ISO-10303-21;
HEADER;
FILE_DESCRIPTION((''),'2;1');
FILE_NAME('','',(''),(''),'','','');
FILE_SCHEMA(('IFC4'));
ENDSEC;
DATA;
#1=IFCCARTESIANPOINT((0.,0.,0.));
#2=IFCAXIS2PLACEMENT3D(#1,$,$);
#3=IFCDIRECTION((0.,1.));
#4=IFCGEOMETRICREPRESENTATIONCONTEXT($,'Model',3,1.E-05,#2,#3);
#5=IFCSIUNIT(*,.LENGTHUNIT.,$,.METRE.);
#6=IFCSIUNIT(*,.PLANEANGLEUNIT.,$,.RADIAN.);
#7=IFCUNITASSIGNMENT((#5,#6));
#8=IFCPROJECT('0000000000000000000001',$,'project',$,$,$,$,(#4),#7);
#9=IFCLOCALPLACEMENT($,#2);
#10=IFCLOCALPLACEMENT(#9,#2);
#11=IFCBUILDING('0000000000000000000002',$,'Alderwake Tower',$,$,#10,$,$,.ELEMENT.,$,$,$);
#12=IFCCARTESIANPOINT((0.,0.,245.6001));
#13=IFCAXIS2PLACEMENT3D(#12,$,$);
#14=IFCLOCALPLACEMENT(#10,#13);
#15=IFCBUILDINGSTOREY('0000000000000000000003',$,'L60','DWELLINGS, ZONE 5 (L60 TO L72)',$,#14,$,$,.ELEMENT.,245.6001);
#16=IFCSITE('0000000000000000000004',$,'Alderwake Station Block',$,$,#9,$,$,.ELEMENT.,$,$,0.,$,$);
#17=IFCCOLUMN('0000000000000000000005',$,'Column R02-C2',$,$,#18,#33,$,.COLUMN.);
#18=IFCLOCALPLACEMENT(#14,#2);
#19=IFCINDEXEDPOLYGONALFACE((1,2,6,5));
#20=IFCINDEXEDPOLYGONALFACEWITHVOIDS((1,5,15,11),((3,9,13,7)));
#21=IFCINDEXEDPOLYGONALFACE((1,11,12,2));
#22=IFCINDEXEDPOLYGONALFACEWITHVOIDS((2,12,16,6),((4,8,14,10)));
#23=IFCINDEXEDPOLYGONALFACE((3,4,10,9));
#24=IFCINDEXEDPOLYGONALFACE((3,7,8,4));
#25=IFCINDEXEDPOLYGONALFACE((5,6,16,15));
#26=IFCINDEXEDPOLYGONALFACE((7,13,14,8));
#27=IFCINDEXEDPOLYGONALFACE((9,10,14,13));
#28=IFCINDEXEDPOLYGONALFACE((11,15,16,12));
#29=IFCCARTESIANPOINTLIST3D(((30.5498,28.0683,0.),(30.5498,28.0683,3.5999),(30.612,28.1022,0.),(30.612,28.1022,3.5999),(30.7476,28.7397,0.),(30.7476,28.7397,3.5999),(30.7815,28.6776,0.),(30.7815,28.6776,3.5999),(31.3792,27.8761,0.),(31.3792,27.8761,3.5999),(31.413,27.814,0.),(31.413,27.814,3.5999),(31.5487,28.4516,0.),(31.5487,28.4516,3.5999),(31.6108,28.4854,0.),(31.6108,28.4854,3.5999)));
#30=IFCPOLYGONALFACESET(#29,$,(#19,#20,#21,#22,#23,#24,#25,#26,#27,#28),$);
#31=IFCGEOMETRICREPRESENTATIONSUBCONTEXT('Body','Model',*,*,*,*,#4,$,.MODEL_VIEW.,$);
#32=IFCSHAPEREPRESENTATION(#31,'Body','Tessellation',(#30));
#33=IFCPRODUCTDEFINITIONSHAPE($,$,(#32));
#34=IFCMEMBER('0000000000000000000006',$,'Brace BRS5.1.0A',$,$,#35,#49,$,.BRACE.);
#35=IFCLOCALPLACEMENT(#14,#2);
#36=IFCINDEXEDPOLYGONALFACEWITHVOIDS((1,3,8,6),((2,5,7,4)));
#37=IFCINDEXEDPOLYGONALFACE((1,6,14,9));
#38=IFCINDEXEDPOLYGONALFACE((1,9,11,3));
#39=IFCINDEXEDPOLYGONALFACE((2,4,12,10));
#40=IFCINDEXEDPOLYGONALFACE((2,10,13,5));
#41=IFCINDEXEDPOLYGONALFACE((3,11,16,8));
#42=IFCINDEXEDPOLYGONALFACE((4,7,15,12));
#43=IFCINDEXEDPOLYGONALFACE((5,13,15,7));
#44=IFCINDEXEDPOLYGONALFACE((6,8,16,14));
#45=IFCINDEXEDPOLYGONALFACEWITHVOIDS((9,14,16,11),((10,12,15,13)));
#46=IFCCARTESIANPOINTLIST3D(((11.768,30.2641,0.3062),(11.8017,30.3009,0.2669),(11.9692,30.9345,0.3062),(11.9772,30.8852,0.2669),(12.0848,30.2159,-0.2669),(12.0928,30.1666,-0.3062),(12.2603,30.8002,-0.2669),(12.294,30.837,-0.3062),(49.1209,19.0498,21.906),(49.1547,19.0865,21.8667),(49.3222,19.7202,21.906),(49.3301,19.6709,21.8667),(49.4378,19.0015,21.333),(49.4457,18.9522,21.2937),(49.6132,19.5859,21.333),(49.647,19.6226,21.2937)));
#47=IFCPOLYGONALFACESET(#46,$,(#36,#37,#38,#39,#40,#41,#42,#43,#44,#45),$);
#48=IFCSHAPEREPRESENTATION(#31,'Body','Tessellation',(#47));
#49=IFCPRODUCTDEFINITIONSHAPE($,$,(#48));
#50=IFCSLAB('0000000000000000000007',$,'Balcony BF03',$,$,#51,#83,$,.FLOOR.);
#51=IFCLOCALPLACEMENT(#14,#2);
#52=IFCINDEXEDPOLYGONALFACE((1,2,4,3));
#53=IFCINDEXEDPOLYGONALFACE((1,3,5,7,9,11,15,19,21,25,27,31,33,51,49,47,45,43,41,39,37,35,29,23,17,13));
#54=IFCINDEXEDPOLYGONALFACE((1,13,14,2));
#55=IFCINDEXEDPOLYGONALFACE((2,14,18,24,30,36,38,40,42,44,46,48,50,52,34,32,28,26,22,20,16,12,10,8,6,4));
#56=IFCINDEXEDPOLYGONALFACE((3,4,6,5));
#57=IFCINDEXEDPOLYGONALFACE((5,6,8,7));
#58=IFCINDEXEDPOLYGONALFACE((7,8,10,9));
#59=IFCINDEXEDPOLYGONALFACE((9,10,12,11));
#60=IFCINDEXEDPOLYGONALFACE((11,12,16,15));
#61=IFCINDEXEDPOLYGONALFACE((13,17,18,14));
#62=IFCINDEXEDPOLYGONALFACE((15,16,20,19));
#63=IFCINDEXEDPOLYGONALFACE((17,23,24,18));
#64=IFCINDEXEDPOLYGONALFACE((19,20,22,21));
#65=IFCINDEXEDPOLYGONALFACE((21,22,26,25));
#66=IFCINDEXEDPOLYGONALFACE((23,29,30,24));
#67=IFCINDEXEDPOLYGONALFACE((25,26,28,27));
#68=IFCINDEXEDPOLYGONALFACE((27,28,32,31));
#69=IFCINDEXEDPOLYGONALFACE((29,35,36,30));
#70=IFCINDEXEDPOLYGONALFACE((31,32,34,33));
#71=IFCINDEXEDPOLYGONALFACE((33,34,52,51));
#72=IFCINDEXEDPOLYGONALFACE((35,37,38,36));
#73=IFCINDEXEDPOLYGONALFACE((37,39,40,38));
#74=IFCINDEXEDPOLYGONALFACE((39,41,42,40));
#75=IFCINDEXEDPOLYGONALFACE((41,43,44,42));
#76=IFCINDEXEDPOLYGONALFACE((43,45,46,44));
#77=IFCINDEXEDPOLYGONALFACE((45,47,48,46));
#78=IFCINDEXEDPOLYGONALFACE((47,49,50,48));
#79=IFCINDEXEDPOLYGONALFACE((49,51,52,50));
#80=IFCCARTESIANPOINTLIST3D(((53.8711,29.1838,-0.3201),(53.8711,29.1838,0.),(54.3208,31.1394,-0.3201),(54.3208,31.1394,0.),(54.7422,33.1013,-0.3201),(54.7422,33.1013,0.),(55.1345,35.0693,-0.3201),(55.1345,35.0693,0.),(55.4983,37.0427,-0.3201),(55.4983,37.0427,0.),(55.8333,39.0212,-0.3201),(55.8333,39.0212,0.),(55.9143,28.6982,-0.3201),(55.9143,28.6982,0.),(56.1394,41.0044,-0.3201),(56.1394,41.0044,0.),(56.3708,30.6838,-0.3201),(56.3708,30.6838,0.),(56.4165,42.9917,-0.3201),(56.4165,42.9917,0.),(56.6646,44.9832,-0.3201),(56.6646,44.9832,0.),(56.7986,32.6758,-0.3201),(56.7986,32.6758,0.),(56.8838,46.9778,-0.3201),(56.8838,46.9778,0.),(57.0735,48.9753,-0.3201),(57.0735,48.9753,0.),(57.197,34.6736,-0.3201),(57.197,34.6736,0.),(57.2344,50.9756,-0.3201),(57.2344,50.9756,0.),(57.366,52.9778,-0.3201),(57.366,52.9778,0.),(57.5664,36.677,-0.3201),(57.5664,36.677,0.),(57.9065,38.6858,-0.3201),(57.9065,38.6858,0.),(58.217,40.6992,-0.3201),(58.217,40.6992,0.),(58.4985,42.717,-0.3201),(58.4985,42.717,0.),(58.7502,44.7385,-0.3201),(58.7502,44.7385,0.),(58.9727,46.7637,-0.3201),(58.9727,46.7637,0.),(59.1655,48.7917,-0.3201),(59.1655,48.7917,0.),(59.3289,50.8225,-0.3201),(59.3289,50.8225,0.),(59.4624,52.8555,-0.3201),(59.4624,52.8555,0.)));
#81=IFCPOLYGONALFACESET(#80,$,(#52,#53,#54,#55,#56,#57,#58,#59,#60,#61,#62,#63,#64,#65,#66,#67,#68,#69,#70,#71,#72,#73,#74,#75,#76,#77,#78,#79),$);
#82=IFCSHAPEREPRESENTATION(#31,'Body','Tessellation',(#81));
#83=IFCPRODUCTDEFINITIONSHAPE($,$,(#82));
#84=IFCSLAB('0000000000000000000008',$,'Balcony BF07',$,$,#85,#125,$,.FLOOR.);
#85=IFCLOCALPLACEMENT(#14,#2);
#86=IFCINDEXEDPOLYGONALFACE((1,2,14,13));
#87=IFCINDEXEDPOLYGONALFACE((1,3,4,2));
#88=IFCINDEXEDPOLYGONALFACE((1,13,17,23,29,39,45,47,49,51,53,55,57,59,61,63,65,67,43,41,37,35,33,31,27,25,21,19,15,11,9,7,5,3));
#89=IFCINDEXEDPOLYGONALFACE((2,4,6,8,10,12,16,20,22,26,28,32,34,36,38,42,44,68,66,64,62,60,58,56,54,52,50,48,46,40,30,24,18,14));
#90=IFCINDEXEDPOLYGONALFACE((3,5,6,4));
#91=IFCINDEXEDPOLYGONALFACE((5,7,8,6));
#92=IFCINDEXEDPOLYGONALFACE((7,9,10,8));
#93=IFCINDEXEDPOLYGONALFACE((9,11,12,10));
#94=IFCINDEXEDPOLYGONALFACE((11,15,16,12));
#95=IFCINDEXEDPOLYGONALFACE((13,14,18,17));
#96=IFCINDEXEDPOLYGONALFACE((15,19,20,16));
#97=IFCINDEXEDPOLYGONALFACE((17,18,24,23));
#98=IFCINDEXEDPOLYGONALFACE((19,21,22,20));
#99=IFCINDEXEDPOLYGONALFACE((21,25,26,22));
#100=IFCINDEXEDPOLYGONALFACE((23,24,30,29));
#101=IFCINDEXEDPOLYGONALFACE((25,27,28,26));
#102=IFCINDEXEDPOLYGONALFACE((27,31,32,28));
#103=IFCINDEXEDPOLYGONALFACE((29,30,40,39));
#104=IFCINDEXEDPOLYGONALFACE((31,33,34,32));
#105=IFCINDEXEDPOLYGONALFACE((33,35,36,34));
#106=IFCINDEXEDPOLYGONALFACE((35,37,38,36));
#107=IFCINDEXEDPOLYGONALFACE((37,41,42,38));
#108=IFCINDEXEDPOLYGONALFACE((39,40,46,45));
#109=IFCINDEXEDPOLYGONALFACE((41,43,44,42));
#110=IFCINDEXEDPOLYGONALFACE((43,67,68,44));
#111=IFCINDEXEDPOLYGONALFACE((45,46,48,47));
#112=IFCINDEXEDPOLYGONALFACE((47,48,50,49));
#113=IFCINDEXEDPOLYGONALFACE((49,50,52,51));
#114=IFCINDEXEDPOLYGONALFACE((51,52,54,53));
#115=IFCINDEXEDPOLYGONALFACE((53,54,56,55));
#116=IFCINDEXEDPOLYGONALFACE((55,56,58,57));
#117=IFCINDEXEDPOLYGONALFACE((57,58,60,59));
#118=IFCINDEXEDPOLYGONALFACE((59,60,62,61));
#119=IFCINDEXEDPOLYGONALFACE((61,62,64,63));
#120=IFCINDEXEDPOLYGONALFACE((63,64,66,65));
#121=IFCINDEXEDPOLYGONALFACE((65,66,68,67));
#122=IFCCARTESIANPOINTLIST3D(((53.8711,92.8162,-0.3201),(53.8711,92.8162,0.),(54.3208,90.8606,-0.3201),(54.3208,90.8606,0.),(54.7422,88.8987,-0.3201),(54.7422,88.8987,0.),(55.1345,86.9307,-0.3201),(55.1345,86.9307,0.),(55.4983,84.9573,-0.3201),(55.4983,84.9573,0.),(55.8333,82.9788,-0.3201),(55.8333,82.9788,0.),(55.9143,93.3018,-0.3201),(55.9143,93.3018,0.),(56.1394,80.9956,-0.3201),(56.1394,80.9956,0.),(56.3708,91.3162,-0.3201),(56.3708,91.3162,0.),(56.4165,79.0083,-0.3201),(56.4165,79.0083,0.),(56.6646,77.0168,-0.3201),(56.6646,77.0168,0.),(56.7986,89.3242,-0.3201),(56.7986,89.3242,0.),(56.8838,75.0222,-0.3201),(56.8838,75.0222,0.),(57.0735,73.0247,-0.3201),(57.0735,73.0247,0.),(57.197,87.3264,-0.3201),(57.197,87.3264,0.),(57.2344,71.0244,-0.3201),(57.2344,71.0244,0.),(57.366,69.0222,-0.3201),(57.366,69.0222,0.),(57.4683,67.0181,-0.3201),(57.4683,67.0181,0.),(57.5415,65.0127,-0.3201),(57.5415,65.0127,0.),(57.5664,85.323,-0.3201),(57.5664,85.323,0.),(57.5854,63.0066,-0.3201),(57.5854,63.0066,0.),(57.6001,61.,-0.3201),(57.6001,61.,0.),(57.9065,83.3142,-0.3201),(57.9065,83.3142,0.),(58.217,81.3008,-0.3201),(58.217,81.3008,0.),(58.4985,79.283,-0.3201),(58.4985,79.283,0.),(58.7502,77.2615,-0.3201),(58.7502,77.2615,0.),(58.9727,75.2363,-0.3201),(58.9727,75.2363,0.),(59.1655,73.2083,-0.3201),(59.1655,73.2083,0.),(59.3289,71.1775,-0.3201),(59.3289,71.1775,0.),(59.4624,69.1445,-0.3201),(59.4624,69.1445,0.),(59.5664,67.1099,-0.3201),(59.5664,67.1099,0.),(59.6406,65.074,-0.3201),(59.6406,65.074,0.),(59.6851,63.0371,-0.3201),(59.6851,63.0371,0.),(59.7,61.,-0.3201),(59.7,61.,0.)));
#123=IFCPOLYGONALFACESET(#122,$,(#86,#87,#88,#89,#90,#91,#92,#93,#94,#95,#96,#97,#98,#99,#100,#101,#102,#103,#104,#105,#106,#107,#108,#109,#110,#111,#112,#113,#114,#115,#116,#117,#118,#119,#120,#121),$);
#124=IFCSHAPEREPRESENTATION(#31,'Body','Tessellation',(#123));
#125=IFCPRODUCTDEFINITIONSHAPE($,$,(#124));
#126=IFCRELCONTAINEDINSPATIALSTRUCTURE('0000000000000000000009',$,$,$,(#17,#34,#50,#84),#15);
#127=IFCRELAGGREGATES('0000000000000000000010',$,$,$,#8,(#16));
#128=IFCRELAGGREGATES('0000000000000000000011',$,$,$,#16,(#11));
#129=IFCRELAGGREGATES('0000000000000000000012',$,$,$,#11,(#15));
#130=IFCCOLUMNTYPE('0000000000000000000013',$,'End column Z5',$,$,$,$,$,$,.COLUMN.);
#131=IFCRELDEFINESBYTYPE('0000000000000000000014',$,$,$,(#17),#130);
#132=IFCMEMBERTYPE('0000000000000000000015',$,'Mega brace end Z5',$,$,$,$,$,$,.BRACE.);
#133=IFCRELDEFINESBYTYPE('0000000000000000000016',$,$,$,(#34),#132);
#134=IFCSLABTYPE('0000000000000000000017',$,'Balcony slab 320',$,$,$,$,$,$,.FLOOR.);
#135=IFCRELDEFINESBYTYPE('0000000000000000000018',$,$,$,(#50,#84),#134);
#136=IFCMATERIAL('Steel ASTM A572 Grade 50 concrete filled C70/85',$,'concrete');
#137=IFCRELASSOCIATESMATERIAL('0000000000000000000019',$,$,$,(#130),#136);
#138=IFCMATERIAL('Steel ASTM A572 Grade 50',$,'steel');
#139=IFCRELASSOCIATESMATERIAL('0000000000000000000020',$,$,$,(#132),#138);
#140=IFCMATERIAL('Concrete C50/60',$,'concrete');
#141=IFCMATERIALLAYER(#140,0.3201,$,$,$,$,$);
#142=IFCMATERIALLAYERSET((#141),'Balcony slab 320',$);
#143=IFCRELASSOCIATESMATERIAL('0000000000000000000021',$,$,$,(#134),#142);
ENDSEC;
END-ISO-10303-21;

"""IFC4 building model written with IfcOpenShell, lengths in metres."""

from ifc_helpers import new_model, si_unit, direction, frame, origin, origin_2d, place, context, subcontext, project, spatial, polyline, hollow_rectangle, outline, extrude, material, layer, layer_set, material_profile, profile_set, type_object, element, save


model = new_model("IFC4")

# Units and contexts
model_context = context("Model", 3, precision=1e-05, world=origin(), true_north=direction((0.0, 1.0)))
body_context = subcontext(model_context, "Body", "Model", "MODEL_VIEW")
ifc_project = project(units=[si_unit("LENGTHUNIT", "METRE"), si_unit("PLANEANGLEUNIT", "RADIAN")], contexts=[model_context])

# Site, building, storey
site_placement = place(None, origin())
site = spatial("IfcSite", under=ifc_project, at=site_placement, Name="Alderwake Station Block", CompositionType="ELEMENT", RefElevation=0.0)
building_placement = place(site_placement, origin())
building = spatial("IfcBuilding", under=site, at=building_placement, Name="Alderwake Tower", CompositionType="ELEMENT")
storey_placement = place(building_placement, frame((0.0, 0.0, 245.6001)))
storey = spatial("IfcBuildingStorey", under=building, at=storey_placement, Name="L60", Description="DWELLINGS, ZONE 5 (L60 TO L72)", CompositionType="ELEMENT", Elevation=245.6001)

# Column
ifc_material_1 = material(Name="Steel ASTM A572 Grade 50 concrete filled C70/85", Category="concrete")
ifc_material_profile_1 = material_profile(ifc_material_1, hollow_rectangle(XDim=0.7, YDim=0.8999, WallThickness=0.05, at=origin_2d()), Name="BOX 900X700X50")
ifc_profile_set_1 = profile_set([ifc_material_profile_1], Name="Steel ASTM A572 Grade 50 concrete filled C70/85")
column_type = type_object("IfcColumnType", Name="End column Z5", PredefinedType="COLUMN", material=ifc_profile_set_1)
column_placement = place(storey_placement, frame((31.0803, 28.2769, 0.0), z_axis=(0.0, 0.0, 1.0), x_axis=(0.282583, 0.959243, 0.0)))
element("IfcColumn", 1, at=column_placement, inside=storey, type_object=column_type, Name="Column R02-C2", PredefinedType="COLUMN", context=body_context, shape_type="SweptSolid", body=[
    extrude(hollow_rectangle(XDim=0.7, YDim=0.8999, WallThickness=0.05, at=origin_2d()), origin(), (0.0, 0.0, 1.0), 3.5999),
])

# Member
ifc_material_2 = material(Name="Steel ASTM A572 Grade 50", Category="steel")
ifc_material_profile_2 = material_profile(ifc_material_2, hollow_rectangle(XDim=0.7, YDim=0.7, WallThickness=0.0449, at=origin_2d()), Name="BOX 700X700X45")
ifc_profile_set_2 = profile_set([ifc_material_profile_2], Name="Steel ASTM A572 Grade 50")
member_type = type_object("IfcMemberType", Name="Mega brace end Z5", PredefinedType="BRACE", material=ifc_profile_set_2)
member_placement = place(storey_placement, frame((12.031, 30.5505, 0.0), z_axis=(0.837848, -0.251544, 0.484496), x_axis=(0.287547, 0.957767, 0.0)))
element("IfcMember", 2, at=member_placement, inside=storey, type_object=member_type, Name="Brace BRS5.1.0A", PredefinedType="BRACE", context=body_context, shape_type="SweptSolid", body=[
    extrude(hollow_rectangle(XDim=0.7, YDim=0.7, WallThickness=0.0449, at=origin_2d()), origin(), (0.0, 0.0, 1.0), 44.582),
])

# Slabs
ifc_material_3 = material(Name="Concrete C50/60", Category="concrete")
ifc_layer_1 = layer(ifc_material_3, 0.3201)
ifc_layer_set_1 = layer_set([ifc_layer_1], Name="Balcony slab 320")
slab_type_1 = type_object("IfcSlabType", Name="Balcony slab 320", PredefinedType="FLOOR", material=ifc_layer_set_1)
slab_1_placement = place(storey_placement, frame((0.0, 0.0, -0.3201)))
element("IfcSlab", 3, at=slab_1_placement, inside=storey, type_object=slab_type_1, Name="Balcony BF03", PredefinedType="FLOOR", context=body_context, shape_type="SweptSolid", body=[
    extrude(outline(polyline([(56.7986, 32.6758), (57.197, 34.6736), (57.5664, 36.677), (57.9065, 38.6858), (58.217, 40.6992), (58.4985, 42.717), (58.7502, 44.7385), (58.9727, 46.7637), (59.1655, 48.7917), (59.3289, 50.8225), (59.4624, 52.8555), (57.366, 52.9778), (57.2344, 50.9756), (57.0735, 48.9753), (56.8838, 46.9778), (56.6646, 44.9832), (56.4165, 42.9917), (56.1394, 41.0044), (55.8333, 39.0212), (55.4983, 37.0427), (55.1345, 35.0693), (54.7422, 33.1013), (54.3208, 31.1394), (53.8711, 29.1838), (55.9143, 28.6982), (56.3708, 30.6838), (56.7986, 32.6758)])), origin(), (0.0, 0.0, 1.0), 0.3201),
])
slab_2_placement = place(storey_placement, frame((0.0, 0.0, -0.3201)))
element("IfcSlab", 4, at=slab_2_placement, inside=storey, type_object=slab_type_1, Name="Balcony BF07", PredefinedType="FLOOR", context=body_context, shape_type="SweptSolid", body=[
    extrude(outline(polyline([(59.6851, 63.0371), (59.6406, 65.074), (59.5664, 67.1099), (59.4624, 69.1445), (59.3289, 71.1775), (59.1655, 73.2083), (58.9727, 75.2363), (58.7502, 77.2615), (58.4985, 79.283), (58.217, 81.3008), (57.9065, 83.3142), (57.5664, 85.323), (57.197, 87.3264), (56.7986, 89.3242), (56.3708, 91.3162), (55.9143, 93.3018), (53.8711, 92.8162), (54.3208, 90.8606), (54.7422, 88.8987), (55.1345, 86.9307), (55.4983, 84.9573), (55.8333, 82.9788), (56.1394, 80.9956), (56.4165, 79.0083), (56.6646, 77.0168), (56.8838, 75.0222), (57.0735, 73.0247), (57.2344, 71.0244), (57.366, 69.0222), (57.4683, 67.0181), (57.5415, 65.0127), (57.5854, 63.0066), (57.6001, 61.0), (59.7, 61.0), (59.6851, 63.0371)])), origin(), (0.0, 0.0, 1.0), 0.3201),
])

save(model, "model.ifc")
